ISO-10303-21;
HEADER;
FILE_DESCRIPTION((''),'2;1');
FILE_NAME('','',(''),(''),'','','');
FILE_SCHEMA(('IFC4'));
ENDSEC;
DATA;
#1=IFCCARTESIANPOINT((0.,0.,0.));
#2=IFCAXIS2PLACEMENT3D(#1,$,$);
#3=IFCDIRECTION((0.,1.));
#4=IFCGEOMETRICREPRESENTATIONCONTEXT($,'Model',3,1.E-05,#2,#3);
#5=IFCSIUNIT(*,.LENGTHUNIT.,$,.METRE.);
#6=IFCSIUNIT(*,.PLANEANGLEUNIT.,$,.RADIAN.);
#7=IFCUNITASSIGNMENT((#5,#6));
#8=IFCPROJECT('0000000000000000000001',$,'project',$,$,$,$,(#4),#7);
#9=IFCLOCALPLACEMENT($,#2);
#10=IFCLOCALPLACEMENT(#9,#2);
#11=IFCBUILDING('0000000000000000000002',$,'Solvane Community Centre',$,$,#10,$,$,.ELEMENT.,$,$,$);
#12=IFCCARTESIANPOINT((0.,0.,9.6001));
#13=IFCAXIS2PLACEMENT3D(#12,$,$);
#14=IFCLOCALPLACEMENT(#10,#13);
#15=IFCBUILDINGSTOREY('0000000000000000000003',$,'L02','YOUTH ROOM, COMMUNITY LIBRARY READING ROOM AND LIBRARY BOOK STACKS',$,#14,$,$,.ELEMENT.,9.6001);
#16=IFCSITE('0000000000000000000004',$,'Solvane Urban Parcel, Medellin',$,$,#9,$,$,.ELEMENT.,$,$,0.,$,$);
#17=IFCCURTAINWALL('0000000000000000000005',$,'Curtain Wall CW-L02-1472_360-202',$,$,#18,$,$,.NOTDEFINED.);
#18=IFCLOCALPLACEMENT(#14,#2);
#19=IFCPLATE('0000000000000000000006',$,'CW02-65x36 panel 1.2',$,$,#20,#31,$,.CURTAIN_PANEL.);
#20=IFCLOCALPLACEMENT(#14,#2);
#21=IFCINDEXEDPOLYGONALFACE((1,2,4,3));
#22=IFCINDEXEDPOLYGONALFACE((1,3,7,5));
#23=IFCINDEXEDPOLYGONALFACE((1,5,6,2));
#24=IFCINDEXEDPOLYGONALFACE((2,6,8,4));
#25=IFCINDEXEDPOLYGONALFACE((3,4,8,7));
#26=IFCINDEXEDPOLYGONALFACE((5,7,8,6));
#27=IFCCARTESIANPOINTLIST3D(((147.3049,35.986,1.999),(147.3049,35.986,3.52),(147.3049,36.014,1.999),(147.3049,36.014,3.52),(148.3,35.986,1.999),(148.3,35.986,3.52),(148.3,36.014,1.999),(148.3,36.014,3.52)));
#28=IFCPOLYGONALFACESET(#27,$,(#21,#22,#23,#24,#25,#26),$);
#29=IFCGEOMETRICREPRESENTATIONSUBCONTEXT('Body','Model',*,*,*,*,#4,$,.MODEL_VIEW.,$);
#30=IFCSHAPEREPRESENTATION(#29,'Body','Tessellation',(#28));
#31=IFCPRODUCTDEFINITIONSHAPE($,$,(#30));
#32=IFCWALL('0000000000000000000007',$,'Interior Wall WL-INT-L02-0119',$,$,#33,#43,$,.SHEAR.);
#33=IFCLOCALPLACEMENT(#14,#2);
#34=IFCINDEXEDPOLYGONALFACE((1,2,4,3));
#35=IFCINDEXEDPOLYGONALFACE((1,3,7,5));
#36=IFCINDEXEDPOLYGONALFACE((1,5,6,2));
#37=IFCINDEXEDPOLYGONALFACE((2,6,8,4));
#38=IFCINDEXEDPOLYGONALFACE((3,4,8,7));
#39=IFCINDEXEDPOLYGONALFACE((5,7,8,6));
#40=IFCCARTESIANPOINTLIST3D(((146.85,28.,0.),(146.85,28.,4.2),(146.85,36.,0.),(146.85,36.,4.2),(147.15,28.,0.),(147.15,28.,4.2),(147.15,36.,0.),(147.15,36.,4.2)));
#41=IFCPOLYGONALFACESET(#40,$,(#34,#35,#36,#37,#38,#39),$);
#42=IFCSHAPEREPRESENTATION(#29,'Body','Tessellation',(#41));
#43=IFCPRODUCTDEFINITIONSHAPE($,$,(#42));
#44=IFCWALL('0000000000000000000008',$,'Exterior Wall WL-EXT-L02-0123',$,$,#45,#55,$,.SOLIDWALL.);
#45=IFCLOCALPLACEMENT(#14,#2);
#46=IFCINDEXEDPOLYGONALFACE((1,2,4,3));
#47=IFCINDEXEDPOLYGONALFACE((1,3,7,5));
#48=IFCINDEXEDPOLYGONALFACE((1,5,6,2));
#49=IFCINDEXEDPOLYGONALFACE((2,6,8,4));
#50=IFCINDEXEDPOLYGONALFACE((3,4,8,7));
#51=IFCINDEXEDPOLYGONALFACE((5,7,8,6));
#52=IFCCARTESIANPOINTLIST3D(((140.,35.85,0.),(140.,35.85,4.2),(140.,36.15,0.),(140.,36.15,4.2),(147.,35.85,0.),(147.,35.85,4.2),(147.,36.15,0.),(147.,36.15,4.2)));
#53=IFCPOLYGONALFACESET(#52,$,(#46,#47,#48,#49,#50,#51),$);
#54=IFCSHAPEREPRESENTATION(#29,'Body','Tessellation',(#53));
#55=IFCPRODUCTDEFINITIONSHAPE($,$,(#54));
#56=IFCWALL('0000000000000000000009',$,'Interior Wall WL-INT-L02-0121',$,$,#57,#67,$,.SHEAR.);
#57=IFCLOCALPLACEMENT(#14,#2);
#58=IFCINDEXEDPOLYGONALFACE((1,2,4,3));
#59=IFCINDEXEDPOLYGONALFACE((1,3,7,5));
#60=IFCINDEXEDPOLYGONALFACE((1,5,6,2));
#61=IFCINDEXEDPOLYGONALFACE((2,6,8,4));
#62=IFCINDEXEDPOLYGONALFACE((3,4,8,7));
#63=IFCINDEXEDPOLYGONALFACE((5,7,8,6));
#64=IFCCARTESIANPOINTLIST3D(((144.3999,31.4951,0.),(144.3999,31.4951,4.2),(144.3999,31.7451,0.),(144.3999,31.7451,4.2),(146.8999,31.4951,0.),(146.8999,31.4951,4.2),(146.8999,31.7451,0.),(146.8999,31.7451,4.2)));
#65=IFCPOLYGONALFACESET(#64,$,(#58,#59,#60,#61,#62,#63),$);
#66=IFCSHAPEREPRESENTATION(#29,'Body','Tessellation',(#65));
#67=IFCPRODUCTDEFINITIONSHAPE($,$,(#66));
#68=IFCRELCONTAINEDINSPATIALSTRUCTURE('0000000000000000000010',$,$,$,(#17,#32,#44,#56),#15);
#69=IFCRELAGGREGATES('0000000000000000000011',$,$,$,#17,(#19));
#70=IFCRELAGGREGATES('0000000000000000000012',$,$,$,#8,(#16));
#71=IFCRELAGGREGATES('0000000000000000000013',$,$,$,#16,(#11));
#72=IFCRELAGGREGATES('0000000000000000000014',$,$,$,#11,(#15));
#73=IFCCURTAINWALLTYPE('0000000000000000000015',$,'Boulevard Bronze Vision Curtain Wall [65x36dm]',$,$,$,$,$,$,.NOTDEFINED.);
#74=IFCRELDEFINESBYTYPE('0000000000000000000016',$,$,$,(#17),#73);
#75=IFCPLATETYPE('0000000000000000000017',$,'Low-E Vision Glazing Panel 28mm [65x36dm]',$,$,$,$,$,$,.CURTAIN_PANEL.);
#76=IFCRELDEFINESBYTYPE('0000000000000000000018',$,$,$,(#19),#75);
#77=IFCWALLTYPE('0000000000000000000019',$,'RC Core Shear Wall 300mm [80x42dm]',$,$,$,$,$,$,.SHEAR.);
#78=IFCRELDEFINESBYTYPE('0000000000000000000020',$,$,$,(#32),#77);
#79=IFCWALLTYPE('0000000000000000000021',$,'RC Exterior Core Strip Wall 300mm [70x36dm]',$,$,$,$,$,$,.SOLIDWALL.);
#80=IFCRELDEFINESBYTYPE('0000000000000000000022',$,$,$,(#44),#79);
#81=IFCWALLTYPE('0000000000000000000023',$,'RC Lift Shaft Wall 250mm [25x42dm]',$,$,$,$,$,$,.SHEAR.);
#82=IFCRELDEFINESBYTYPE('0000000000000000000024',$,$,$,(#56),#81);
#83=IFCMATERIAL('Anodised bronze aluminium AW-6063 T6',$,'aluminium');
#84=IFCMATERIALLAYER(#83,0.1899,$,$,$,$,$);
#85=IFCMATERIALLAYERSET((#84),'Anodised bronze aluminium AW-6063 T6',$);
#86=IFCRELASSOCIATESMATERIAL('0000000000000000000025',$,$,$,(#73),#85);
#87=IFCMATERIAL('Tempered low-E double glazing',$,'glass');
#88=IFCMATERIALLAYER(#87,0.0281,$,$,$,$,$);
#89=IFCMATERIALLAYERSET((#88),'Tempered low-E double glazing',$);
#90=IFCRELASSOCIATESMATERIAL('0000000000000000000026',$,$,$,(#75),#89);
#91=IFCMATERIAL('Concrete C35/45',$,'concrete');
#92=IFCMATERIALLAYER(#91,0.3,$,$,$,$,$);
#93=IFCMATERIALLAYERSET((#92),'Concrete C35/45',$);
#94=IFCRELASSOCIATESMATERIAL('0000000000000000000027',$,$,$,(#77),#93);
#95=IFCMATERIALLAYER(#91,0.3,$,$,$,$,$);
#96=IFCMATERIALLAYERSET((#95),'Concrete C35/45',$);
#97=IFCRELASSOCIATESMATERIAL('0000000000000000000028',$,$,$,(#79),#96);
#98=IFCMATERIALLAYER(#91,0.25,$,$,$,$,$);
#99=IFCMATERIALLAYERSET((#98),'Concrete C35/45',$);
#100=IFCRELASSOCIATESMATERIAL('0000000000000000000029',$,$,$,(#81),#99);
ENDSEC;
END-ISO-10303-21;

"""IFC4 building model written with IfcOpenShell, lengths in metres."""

from ifc_helpers import new_model, si_unit, direction, frame, frame_2d, origin, origin_2d, place, context, subcontext, project, spatial, rectangle, extrude, material, layer, layer_set, type_object, element, aggregate, save


model = new_model("IFC4")

# Units and contexts
model_context = context("Model", 3, precision=1e-05, world=origin(), true_north=direction((0.0, 1.0)))
body_context = subcontext(model_context, "Body", "Model", "MODEL_VIEW")
ifc_project = project(units=[si_unit("LENGTHUNIT", "METRE"), si_unit("PLANEANGLEUNIT", "RADIAN")], contexts=[model_context])

# Site, building, storey
site_placement = place(None, origin())
site = spatial("IfcSite", under=ifc_project, at=site_placement, Name="Solvane Urban Parcel, Medellin", CompositionType="ELEMENT", RefElevation=0.0)
building_placement = place(site_placement, origin())
building = spatial("IfcBuilding", under=site, at=building_placement, Name="Solvane Community Centre", CompositionType="ELEMENT")
storey_placement = place(building_placement, frame((0.0, 0.0, 9.6001)))
storey = spatial("IfcBuildingStorey", under=building, at=storey_placement, Name="L02", Description="YOUTH ROOM, COMMUNITY LIBRARY READING ROOM AND LIBRARY BOOK STACKS", CompositionType="ELEMENT", Elevation=9.6001)

# Curtain wall
ifc_material_1 = material(Name="Anodised bronze aluminium AW-6063 T6", Category="aluminium")
ifc_layer_1 = layer(ifc_material_1, 0.1899)
ifc_layer_set_1 = layer_set([ifc_layer_1], Name="Anodised bronze aluminium AW-6063 T6")
curtain_wall_type = type_object("IfcCurtainWallType", Name="Boulevard Bronze Vision Curtain Wall [65x36dm]", PredefinedType="NOTDEFINED", material=ifc_layer_set_1)
curtain_wall_placement = place(storey_placement, origin())
curtain_wall = element("IfcCurtainWall", 1, at=curtain_wall_placement, inside=storey, type_object=curtain_wall_type, Name="Curtain Wall CW-L02-1472_360-202", PredefinedType="NOTDEFINED")

# Shared definitions
ifc_material_2 = material(Name="Concrete C35/45", Category="concrete")

# Plate
ifc_material_3 = material(Name="Tempered low-E double glazing", Category="glass")
ifc_layer_2 = layer(ifc_material_3, 0.0281)
ifc_layer_set_2 = layer_set([ifc_layer_2], Name="Tempered low-E double glazing")
plate_type = type_object("IfcPlateType", Name="Low-E Vision Glazing Panel 28mm [65x36dm]", PredefinedType="CURTAIN_PANEL", material=ifc_layer_set_2)
plate_1_placement = place(storey_placement, frame((147.8025, 36.0, 1.999), z_axis=(0.0, 0.0, 1.0), x_axis=(1.0, 0.0, 0.0)))
plate_1 = element("IfcPlate", 2, at=plate_1_placement, type_object=plate_type, Name="CW02-65x36 panel 1.2", PredefinedType="CURTAIN_PANEL", context=body_context, shape_type="SweptSolid", body=[
    extrude(rectangle(XDim=0.9951, YDim=0.0281, at=origin_2d()), origin(), (0.0, 0.0, 1.0), 1.521),
])
aggregate(curtain_wall, [plate_1])

# Walls
ifc_layer_3 = layer(ifc_material_2, 0.3)
ifc_layer_set_3 = layer_set([ifc_layer_3], Name="Concrete C35/45")
wall_type_1 = type_object("IfcWallType", Name="RC Core Shear Wall 300mm [80x42dm]", PredefinedType="SHEAR", material=ifc_layer_set_3)
wall_1_placement = place(storey_placement, frame((147.0, 36.0, 0.0), z_axis=(0.0, 0.0, 1.0), x_axis=(0.0, -1.0, 0.0)))
element("IfcWall", 3, at=wall_1_placement, inside=storey, type_object=wall_type_1, Name="Interior Wall WL-INT-L02-0119", PredefinedType="SHEAR", context=body_context, shape_type="SweptSolid", body=[
    extrude(rectangle(XDim=8.0, YDim=0.3, at=frame_2d((4.0, 0.0))), origin(), (0.0, 0.0, 1.0), 4.2),
])
ifc_layer_4 = layer(ifc_material_2, 0.3)
ifc_layer_set_4 = layer_set([ifc_layer_4], Name="Concrete C35/45")
wall_type_2 = type_object("IfcWallType", Name="RC Exterior Core Strip Wall 300mm [70x36dm]", PredefinedType="SOLIDWALL", material=ifc_layer_set_4)
wall_2_placement = place(storey_placement, frame((140.0, 36.0, 0.0), z_axis=(0.0, 0.0, 1.0), x_axis=(1.0, 0.0, 0.0)))
element("IfcWall", 4, at=wall_2_placement, inside=storey, type_object=wall_type_2, Name="Exterior Wall WL-EXT-L02-0123", PredefinedType="SOLIDWALL", context=body_context, shape_type="SweptSolid", body=[
    extrude(rectangle(XDim=7.0, YDim=0.3, at=frame_2d((3.5, 0.0))), origin(), (0.0, 0.0, 1.0), 4.2),
])
ifc_layer_5 = layer(ifc_material_2, 0.25)
ifc_layer_set_5 = layer_set([ifc_layer_5], Name="Concrete C35/45")
wall_type_3 = type_object("IfcWallType", Name="RC Lift Shaft Wall 250mm [25x42dm]", PredefinedType="SHEAR", material=ifc_layer_set_5)
wall_3_placement = place(storey_placement, frame((144.3999, 31.6201, 0.0), z_axis=(0.0, 0.0, 1.0), x_axis=(1.0, 0.0, 0.0)))
element("IfcWall", 5, at=wall_3_placement, inside=storey, type_object=wall_type_3, Name="Interior Wall WL-INT-L02-0121", PredefinedType="SHEAR", context=body_context, shape_type="SweptSolid", body=[
    extrude(rectangle(XDim=2.5, YDim=0.25, at=frame_2d((1.25, 0.0))), origin(), (0.0, 0.0, 1.0), 4.2),
])

save(model, "model.ifc")
